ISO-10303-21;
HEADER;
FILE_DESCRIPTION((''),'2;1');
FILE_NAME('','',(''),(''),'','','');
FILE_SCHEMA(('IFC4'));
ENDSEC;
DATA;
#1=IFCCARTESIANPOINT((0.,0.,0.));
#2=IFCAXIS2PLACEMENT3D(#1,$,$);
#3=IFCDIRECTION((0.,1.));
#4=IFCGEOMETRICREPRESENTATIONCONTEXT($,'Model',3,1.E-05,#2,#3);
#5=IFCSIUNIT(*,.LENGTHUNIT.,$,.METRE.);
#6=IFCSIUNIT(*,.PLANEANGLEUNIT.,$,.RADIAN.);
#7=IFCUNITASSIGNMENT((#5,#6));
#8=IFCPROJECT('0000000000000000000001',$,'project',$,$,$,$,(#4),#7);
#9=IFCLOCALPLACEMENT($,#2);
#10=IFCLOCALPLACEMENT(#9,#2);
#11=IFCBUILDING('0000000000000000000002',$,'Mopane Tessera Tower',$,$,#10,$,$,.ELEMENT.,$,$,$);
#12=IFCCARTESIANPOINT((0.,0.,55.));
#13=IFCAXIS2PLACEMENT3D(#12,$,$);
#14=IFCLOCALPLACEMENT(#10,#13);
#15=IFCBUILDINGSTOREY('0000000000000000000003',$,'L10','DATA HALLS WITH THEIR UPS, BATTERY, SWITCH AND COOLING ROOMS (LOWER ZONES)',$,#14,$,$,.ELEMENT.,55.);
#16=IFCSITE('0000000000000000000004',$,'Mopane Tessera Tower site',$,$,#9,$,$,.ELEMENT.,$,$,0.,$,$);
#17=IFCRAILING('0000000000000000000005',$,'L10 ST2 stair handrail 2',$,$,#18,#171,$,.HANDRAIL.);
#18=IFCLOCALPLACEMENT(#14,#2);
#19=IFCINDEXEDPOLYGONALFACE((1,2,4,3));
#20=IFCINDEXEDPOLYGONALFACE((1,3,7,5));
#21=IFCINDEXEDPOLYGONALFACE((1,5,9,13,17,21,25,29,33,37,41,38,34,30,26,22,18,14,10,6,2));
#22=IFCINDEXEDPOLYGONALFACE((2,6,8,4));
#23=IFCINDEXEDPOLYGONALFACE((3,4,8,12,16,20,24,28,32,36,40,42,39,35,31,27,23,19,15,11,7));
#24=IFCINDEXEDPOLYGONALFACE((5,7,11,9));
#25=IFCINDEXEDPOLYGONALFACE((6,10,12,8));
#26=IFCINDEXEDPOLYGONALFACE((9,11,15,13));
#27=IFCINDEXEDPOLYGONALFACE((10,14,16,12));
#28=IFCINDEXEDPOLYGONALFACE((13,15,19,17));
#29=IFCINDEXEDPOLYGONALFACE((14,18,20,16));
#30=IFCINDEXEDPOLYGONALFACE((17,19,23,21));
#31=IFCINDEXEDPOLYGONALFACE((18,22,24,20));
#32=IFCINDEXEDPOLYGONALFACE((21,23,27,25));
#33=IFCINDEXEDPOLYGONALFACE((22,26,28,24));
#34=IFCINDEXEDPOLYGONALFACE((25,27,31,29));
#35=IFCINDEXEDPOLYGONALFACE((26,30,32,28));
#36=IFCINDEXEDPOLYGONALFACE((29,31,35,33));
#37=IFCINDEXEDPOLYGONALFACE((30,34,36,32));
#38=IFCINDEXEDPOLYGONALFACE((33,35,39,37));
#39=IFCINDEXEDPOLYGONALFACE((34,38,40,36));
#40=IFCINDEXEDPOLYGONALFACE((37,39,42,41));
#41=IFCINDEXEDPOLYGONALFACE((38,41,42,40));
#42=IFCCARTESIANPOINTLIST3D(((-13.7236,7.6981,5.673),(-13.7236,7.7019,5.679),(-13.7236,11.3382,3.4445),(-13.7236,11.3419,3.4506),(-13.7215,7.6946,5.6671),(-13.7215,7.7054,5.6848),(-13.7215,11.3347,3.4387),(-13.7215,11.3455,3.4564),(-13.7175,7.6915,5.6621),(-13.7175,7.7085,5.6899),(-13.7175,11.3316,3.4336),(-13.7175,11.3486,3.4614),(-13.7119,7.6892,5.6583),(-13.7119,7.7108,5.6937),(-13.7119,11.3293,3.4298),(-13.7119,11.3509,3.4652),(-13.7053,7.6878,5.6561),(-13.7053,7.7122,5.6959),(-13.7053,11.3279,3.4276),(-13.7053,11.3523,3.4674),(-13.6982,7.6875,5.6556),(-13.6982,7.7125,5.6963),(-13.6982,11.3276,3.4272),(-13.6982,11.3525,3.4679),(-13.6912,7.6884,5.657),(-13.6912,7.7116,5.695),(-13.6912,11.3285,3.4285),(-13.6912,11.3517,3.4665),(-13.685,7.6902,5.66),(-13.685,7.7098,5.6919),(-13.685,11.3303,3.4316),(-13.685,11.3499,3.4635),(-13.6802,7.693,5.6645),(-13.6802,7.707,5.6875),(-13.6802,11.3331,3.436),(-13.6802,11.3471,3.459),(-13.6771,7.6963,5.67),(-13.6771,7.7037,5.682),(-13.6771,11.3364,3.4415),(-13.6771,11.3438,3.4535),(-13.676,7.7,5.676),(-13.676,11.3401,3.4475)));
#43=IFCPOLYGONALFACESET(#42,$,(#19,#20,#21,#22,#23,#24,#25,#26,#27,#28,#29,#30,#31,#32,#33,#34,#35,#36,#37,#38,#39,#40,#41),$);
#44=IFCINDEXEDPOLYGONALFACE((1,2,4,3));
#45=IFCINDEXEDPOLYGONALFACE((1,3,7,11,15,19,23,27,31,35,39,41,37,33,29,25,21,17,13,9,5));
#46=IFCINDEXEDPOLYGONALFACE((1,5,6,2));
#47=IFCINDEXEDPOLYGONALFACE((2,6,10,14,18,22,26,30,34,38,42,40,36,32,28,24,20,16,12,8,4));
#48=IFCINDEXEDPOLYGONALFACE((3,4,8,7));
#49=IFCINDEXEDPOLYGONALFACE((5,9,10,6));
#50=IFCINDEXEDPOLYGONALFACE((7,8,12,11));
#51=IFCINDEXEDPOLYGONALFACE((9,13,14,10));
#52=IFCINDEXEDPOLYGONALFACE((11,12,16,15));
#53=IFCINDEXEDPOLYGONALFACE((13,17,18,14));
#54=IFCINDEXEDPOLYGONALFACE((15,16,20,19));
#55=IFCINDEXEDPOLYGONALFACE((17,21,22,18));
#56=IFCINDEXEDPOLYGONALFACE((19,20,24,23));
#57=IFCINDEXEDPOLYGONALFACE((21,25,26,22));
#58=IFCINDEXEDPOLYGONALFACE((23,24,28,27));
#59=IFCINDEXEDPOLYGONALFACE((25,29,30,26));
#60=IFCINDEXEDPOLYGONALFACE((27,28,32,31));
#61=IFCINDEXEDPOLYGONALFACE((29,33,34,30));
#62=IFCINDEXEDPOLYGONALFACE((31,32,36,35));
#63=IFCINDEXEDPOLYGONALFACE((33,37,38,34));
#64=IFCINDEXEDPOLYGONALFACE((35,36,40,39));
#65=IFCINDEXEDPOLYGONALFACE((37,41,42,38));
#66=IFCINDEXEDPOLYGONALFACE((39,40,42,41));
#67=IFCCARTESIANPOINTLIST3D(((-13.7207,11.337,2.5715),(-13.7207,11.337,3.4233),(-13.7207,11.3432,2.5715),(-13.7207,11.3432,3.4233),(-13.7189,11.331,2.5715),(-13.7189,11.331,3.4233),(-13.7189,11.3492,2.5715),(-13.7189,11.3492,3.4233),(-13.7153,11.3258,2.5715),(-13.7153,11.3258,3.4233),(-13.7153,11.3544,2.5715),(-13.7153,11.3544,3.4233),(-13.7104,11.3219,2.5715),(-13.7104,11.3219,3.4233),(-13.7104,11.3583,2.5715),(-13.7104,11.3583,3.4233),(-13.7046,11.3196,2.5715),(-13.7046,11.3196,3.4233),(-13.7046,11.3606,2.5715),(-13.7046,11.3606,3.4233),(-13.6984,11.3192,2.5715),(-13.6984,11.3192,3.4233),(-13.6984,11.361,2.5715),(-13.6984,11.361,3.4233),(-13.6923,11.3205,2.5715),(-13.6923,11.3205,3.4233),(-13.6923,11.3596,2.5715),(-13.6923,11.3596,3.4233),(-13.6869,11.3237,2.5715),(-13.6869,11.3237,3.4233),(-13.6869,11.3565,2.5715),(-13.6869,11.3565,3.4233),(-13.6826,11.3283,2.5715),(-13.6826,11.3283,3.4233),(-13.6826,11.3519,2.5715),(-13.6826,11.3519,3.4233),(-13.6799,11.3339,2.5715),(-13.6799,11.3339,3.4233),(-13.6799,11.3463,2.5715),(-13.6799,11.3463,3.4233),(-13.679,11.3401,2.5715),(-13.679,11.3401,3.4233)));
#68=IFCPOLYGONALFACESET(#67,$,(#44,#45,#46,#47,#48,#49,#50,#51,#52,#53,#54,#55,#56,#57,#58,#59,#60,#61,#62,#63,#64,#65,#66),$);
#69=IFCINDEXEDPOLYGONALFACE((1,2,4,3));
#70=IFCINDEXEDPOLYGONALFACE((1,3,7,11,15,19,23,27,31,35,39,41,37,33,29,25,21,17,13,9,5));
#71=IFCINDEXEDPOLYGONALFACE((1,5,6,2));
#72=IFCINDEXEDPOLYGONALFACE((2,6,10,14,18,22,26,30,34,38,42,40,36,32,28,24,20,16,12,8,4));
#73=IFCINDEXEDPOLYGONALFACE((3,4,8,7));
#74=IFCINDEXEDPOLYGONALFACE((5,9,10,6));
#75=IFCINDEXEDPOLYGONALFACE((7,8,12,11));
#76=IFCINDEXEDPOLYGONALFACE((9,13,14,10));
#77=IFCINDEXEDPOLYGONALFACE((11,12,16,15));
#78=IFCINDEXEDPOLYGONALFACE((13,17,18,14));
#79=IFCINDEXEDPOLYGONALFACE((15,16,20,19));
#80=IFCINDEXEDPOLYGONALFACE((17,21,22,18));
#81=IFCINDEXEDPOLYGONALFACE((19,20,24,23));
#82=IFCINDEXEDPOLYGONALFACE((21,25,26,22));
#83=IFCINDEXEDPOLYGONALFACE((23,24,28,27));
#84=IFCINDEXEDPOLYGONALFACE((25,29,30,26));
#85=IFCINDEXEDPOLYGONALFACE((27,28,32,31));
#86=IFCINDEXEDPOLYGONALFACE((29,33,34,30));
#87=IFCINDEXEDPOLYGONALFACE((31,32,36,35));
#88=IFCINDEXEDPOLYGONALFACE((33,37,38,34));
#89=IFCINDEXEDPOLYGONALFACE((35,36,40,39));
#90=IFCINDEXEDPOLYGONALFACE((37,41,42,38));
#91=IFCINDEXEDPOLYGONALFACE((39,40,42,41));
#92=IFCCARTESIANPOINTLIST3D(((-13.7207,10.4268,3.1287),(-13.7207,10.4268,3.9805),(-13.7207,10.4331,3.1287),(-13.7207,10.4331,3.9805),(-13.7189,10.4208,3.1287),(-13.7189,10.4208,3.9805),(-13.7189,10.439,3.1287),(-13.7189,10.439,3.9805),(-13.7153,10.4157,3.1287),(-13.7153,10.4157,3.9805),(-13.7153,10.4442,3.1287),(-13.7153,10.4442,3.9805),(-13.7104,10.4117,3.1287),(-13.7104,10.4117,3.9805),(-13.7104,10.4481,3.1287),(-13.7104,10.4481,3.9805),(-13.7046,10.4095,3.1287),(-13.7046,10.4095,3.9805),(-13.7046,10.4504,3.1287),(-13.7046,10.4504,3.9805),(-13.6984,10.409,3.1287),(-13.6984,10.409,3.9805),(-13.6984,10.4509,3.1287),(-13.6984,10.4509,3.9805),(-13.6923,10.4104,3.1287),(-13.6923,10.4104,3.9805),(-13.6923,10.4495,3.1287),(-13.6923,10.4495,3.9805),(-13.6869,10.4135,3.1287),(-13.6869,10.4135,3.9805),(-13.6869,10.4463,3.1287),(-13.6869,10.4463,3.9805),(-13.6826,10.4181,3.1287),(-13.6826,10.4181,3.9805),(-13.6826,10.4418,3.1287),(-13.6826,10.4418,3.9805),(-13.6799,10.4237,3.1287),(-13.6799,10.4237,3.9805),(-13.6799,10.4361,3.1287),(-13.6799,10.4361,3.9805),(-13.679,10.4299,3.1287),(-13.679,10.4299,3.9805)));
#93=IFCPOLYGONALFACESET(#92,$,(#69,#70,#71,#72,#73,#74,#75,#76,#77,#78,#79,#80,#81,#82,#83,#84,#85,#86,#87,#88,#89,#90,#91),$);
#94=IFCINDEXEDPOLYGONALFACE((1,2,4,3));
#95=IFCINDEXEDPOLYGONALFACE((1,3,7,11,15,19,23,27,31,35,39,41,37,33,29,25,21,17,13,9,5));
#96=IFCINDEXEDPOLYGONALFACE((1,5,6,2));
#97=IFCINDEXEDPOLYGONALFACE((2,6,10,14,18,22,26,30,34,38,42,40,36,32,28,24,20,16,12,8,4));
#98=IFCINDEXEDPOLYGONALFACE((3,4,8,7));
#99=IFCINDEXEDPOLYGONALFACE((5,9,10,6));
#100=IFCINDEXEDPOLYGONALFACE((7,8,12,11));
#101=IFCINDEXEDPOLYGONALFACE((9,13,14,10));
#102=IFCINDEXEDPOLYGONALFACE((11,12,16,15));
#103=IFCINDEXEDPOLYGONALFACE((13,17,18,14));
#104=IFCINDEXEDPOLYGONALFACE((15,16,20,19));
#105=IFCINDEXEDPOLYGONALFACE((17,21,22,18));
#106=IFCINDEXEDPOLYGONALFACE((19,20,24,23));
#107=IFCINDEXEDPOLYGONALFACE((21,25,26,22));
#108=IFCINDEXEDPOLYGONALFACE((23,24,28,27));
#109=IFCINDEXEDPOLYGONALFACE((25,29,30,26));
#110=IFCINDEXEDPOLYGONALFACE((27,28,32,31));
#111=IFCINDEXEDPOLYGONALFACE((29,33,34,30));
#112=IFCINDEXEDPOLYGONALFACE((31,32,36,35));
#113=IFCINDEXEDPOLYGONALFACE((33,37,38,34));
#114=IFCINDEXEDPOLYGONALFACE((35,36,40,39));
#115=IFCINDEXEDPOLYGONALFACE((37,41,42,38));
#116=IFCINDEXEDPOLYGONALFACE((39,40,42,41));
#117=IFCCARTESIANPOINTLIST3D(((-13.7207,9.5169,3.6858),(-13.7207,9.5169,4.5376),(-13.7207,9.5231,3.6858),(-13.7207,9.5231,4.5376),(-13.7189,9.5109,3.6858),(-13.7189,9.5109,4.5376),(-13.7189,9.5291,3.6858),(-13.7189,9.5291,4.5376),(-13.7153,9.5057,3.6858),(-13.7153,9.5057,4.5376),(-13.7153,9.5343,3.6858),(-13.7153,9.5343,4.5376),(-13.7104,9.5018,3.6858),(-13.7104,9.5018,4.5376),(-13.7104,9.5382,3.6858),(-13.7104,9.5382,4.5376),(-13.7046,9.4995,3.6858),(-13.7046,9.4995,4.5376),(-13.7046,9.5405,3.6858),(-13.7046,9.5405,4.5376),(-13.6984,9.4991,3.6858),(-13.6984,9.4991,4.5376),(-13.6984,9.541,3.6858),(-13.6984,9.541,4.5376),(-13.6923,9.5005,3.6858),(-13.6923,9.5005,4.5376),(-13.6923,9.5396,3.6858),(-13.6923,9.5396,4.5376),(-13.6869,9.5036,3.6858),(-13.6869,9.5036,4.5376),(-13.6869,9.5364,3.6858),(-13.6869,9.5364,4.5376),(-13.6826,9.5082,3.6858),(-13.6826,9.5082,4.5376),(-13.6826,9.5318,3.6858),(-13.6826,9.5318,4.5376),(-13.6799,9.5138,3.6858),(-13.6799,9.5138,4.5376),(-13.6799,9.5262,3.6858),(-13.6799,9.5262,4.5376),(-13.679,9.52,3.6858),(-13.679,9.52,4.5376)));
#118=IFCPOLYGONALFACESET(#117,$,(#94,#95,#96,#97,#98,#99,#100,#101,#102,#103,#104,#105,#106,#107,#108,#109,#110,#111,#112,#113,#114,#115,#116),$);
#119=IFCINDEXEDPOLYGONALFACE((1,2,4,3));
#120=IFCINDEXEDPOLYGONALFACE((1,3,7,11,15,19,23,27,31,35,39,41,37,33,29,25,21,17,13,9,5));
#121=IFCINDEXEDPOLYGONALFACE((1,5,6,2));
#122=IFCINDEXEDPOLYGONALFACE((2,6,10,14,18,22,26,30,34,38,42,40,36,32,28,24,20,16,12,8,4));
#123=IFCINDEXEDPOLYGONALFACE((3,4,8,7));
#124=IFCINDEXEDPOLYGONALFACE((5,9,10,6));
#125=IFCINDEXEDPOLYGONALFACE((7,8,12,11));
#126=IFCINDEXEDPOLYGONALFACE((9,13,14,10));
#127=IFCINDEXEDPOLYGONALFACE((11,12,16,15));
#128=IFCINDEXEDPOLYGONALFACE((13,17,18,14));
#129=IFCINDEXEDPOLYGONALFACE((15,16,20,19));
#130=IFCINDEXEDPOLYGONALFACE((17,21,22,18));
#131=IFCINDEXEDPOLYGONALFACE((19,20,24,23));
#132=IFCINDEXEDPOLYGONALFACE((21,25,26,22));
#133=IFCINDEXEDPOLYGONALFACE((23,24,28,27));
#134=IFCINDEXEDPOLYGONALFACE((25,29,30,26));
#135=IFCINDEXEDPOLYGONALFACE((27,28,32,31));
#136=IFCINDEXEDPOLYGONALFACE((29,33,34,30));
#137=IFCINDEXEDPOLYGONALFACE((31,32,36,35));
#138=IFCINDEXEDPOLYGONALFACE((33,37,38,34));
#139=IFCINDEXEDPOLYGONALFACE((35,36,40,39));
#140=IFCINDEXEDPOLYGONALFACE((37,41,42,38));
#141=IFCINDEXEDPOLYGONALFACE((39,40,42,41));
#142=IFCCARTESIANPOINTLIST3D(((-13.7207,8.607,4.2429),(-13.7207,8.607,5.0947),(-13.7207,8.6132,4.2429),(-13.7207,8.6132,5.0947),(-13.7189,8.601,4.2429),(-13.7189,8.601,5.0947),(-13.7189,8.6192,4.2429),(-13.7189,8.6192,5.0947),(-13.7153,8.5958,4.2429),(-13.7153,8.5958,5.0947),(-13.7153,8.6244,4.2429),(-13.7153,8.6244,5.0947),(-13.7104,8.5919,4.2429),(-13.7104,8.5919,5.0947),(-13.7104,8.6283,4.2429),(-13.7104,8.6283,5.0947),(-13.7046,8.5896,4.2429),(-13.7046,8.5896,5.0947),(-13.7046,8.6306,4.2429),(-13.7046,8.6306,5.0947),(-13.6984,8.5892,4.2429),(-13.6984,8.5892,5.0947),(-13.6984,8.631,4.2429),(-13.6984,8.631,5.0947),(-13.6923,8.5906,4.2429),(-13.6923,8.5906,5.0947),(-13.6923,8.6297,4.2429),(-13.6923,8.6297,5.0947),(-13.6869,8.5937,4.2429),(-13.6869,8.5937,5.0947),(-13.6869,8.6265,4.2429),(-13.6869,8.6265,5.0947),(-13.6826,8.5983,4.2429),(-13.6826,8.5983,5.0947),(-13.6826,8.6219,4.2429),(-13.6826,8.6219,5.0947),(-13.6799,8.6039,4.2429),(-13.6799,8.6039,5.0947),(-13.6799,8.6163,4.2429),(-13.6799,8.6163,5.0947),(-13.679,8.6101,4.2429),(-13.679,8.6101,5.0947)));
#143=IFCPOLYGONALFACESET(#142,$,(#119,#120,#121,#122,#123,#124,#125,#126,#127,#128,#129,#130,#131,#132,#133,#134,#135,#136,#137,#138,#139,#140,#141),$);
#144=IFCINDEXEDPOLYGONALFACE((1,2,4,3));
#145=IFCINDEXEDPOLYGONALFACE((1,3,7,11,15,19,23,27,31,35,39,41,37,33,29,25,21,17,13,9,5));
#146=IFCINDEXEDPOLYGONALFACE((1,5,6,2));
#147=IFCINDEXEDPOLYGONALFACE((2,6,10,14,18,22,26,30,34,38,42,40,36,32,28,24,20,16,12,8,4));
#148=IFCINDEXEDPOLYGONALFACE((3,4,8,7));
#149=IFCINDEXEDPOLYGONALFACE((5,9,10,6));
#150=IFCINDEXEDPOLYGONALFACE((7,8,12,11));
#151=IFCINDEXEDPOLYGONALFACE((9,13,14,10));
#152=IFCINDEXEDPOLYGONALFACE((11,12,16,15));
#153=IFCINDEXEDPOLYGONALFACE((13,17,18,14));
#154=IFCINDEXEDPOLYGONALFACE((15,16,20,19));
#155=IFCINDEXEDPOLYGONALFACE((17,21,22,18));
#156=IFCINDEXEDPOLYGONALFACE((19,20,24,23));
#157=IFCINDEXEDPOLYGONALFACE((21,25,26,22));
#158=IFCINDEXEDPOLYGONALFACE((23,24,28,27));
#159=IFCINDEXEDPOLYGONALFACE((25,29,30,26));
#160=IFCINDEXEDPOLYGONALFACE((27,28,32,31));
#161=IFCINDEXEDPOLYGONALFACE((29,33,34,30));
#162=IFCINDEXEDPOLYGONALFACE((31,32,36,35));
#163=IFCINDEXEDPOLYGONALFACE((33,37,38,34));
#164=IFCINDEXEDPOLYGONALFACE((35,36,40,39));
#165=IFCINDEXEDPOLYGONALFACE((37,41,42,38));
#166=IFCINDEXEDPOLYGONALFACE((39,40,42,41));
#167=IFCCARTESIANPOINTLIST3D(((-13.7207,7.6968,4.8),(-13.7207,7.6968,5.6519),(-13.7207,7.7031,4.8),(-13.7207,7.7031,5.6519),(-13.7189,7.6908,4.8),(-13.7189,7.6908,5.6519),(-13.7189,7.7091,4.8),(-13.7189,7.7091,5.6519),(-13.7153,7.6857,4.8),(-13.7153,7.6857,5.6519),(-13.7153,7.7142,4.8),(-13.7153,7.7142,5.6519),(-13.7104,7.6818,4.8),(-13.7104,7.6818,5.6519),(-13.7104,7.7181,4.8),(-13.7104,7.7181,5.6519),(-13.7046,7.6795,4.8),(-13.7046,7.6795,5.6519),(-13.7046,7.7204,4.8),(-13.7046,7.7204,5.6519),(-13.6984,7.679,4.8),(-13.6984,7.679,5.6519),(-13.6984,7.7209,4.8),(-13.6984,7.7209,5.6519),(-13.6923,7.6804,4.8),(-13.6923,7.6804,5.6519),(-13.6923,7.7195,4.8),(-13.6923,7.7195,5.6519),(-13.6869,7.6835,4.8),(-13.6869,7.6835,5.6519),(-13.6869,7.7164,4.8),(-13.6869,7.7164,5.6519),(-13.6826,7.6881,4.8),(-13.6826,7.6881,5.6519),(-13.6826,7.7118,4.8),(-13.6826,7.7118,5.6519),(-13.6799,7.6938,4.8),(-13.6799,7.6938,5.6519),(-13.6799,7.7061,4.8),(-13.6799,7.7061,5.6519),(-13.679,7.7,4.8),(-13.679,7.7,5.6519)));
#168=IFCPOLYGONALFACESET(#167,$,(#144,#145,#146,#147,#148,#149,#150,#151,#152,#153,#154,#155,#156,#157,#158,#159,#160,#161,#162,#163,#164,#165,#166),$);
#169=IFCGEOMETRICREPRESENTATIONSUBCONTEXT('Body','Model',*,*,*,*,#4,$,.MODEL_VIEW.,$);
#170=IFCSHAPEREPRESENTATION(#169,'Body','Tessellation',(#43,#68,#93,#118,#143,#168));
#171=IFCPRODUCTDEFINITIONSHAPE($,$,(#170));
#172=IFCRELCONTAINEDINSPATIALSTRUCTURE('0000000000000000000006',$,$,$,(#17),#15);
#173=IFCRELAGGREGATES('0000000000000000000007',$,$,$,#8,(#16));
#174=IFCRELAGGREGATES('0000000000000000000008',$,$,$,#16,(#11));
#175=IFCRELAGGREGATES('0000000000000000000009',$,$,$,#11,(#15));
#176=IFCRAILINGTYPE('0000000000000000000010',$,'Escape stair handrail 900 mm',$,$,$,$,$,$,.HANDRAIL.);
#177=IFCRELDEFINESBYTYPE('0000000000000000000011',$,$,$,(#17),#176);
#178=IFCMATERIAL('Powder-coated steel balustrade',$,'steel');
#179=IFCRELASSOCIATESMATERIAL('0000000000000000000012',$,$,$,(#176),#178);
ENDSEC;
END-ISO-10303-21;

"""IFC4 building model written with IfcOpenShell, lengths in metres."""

from ifc_helpers import new_model, si_unit, direction, frame, origin, origin_2d, place, context, subcontext, project, spatial, circle, extrude, material, type_object, element, save


model = new_model("IFC4")

# Units and contexts
model_context = context("Model", 3, precision=1e-05, world=origin(), true_north=direction((0.0, 1.0)))
body_context = subcontext(model_context, "Body", "Model", "MODEL_VIEW")
ifc_project = project(units=[si_unit("LENGTHUNIT", "METRE"), si_unit("PLANEANGLEUNIT", "RADIAN")], contexts=[model_context])

# Site, building, storey
site_placement = place(None, origin())
site = spatial("IfcSite", under=ifc_project, at=site_placement, Name="Mopane Tessera Tower site", CompositionType="ELEMENT", RefElevation=0.0)
building_placement = place(site_placement, origin())
building = spatial("IfcBuilding", under=site, at=building_placement, Name="Mopane Tessera Tower", CompositionType="ELEMENT")
storey_placement = place(building_placement, frame((0.0, 0.0, 55.0)))
storey = spatial("IfcBuildingStorey", under=building, at=storey_placement, Name="L10", Description="DATA HALLS WITH THEIR UPS, BATTERY, SWITCH AND COOLING ROOMS (LOWER ZONES)", CompositionType="ELEMENT", Elevation=55.0)

# Railing
ifc_material_1 = material(Name="Powder-coated steel balustrade", Category="steel")
railing_type_1 = type_object("IfcRailingType", Name="Escape stair handrail 900 mm", PredefinedType="HANDRAIL", material=ifc_material_1)
railing_1_placement = place(storey_placement, frame((-13.7, 11.3401, 2.5715)))
element("IfcRailing", 1, at=railing_1_placement, inside=storey, type_object=railing_type_1, Name="L10 ST2 stair handrail 2", PredefinedType="HANDRAIL", context=body_context, shape_type="SweptSolid", body=[
    extrude(circle(Radius=0.0239, at=origin_2d()), frame((0.0, 0.0, 0.876), z_axis=(0.0, -0.852866, 0.52213), x_axis=(1.0, 0.0, 0.0)), (0.0, 0.0, 1.0), 4.2681),
    extrude(circle(Radius=0.021, at=origin_2d()), origin(), (0.0, 0.0, 1.0), 0.8518),
    extrude(circle(Radius=0.021, at=origin_2d()), frame((0.0, -0.9102, 0.5571)), (0.0, 0.0, 1.0), 0.8518),
    extrude(circle(Radius=0.021, at=origin_2d()), frame((0.0, -1.8201, 1.1143)), (0.0, 0.0, 1.0), 0.8518),
    extrude(circle(Radius=0.021, at=origin_2d()), frame((0.0, -2.73, 1.6714)), (0.0, 0.0, 1.0), 0.8518),
    extrude(circle(Radius=0.021, at=origin_2d()), frame((0.0, -3.6401, 2.2285)), (0.0, 0.0, 1.0), 0.8518),
])

save(model, "model.ifc")
